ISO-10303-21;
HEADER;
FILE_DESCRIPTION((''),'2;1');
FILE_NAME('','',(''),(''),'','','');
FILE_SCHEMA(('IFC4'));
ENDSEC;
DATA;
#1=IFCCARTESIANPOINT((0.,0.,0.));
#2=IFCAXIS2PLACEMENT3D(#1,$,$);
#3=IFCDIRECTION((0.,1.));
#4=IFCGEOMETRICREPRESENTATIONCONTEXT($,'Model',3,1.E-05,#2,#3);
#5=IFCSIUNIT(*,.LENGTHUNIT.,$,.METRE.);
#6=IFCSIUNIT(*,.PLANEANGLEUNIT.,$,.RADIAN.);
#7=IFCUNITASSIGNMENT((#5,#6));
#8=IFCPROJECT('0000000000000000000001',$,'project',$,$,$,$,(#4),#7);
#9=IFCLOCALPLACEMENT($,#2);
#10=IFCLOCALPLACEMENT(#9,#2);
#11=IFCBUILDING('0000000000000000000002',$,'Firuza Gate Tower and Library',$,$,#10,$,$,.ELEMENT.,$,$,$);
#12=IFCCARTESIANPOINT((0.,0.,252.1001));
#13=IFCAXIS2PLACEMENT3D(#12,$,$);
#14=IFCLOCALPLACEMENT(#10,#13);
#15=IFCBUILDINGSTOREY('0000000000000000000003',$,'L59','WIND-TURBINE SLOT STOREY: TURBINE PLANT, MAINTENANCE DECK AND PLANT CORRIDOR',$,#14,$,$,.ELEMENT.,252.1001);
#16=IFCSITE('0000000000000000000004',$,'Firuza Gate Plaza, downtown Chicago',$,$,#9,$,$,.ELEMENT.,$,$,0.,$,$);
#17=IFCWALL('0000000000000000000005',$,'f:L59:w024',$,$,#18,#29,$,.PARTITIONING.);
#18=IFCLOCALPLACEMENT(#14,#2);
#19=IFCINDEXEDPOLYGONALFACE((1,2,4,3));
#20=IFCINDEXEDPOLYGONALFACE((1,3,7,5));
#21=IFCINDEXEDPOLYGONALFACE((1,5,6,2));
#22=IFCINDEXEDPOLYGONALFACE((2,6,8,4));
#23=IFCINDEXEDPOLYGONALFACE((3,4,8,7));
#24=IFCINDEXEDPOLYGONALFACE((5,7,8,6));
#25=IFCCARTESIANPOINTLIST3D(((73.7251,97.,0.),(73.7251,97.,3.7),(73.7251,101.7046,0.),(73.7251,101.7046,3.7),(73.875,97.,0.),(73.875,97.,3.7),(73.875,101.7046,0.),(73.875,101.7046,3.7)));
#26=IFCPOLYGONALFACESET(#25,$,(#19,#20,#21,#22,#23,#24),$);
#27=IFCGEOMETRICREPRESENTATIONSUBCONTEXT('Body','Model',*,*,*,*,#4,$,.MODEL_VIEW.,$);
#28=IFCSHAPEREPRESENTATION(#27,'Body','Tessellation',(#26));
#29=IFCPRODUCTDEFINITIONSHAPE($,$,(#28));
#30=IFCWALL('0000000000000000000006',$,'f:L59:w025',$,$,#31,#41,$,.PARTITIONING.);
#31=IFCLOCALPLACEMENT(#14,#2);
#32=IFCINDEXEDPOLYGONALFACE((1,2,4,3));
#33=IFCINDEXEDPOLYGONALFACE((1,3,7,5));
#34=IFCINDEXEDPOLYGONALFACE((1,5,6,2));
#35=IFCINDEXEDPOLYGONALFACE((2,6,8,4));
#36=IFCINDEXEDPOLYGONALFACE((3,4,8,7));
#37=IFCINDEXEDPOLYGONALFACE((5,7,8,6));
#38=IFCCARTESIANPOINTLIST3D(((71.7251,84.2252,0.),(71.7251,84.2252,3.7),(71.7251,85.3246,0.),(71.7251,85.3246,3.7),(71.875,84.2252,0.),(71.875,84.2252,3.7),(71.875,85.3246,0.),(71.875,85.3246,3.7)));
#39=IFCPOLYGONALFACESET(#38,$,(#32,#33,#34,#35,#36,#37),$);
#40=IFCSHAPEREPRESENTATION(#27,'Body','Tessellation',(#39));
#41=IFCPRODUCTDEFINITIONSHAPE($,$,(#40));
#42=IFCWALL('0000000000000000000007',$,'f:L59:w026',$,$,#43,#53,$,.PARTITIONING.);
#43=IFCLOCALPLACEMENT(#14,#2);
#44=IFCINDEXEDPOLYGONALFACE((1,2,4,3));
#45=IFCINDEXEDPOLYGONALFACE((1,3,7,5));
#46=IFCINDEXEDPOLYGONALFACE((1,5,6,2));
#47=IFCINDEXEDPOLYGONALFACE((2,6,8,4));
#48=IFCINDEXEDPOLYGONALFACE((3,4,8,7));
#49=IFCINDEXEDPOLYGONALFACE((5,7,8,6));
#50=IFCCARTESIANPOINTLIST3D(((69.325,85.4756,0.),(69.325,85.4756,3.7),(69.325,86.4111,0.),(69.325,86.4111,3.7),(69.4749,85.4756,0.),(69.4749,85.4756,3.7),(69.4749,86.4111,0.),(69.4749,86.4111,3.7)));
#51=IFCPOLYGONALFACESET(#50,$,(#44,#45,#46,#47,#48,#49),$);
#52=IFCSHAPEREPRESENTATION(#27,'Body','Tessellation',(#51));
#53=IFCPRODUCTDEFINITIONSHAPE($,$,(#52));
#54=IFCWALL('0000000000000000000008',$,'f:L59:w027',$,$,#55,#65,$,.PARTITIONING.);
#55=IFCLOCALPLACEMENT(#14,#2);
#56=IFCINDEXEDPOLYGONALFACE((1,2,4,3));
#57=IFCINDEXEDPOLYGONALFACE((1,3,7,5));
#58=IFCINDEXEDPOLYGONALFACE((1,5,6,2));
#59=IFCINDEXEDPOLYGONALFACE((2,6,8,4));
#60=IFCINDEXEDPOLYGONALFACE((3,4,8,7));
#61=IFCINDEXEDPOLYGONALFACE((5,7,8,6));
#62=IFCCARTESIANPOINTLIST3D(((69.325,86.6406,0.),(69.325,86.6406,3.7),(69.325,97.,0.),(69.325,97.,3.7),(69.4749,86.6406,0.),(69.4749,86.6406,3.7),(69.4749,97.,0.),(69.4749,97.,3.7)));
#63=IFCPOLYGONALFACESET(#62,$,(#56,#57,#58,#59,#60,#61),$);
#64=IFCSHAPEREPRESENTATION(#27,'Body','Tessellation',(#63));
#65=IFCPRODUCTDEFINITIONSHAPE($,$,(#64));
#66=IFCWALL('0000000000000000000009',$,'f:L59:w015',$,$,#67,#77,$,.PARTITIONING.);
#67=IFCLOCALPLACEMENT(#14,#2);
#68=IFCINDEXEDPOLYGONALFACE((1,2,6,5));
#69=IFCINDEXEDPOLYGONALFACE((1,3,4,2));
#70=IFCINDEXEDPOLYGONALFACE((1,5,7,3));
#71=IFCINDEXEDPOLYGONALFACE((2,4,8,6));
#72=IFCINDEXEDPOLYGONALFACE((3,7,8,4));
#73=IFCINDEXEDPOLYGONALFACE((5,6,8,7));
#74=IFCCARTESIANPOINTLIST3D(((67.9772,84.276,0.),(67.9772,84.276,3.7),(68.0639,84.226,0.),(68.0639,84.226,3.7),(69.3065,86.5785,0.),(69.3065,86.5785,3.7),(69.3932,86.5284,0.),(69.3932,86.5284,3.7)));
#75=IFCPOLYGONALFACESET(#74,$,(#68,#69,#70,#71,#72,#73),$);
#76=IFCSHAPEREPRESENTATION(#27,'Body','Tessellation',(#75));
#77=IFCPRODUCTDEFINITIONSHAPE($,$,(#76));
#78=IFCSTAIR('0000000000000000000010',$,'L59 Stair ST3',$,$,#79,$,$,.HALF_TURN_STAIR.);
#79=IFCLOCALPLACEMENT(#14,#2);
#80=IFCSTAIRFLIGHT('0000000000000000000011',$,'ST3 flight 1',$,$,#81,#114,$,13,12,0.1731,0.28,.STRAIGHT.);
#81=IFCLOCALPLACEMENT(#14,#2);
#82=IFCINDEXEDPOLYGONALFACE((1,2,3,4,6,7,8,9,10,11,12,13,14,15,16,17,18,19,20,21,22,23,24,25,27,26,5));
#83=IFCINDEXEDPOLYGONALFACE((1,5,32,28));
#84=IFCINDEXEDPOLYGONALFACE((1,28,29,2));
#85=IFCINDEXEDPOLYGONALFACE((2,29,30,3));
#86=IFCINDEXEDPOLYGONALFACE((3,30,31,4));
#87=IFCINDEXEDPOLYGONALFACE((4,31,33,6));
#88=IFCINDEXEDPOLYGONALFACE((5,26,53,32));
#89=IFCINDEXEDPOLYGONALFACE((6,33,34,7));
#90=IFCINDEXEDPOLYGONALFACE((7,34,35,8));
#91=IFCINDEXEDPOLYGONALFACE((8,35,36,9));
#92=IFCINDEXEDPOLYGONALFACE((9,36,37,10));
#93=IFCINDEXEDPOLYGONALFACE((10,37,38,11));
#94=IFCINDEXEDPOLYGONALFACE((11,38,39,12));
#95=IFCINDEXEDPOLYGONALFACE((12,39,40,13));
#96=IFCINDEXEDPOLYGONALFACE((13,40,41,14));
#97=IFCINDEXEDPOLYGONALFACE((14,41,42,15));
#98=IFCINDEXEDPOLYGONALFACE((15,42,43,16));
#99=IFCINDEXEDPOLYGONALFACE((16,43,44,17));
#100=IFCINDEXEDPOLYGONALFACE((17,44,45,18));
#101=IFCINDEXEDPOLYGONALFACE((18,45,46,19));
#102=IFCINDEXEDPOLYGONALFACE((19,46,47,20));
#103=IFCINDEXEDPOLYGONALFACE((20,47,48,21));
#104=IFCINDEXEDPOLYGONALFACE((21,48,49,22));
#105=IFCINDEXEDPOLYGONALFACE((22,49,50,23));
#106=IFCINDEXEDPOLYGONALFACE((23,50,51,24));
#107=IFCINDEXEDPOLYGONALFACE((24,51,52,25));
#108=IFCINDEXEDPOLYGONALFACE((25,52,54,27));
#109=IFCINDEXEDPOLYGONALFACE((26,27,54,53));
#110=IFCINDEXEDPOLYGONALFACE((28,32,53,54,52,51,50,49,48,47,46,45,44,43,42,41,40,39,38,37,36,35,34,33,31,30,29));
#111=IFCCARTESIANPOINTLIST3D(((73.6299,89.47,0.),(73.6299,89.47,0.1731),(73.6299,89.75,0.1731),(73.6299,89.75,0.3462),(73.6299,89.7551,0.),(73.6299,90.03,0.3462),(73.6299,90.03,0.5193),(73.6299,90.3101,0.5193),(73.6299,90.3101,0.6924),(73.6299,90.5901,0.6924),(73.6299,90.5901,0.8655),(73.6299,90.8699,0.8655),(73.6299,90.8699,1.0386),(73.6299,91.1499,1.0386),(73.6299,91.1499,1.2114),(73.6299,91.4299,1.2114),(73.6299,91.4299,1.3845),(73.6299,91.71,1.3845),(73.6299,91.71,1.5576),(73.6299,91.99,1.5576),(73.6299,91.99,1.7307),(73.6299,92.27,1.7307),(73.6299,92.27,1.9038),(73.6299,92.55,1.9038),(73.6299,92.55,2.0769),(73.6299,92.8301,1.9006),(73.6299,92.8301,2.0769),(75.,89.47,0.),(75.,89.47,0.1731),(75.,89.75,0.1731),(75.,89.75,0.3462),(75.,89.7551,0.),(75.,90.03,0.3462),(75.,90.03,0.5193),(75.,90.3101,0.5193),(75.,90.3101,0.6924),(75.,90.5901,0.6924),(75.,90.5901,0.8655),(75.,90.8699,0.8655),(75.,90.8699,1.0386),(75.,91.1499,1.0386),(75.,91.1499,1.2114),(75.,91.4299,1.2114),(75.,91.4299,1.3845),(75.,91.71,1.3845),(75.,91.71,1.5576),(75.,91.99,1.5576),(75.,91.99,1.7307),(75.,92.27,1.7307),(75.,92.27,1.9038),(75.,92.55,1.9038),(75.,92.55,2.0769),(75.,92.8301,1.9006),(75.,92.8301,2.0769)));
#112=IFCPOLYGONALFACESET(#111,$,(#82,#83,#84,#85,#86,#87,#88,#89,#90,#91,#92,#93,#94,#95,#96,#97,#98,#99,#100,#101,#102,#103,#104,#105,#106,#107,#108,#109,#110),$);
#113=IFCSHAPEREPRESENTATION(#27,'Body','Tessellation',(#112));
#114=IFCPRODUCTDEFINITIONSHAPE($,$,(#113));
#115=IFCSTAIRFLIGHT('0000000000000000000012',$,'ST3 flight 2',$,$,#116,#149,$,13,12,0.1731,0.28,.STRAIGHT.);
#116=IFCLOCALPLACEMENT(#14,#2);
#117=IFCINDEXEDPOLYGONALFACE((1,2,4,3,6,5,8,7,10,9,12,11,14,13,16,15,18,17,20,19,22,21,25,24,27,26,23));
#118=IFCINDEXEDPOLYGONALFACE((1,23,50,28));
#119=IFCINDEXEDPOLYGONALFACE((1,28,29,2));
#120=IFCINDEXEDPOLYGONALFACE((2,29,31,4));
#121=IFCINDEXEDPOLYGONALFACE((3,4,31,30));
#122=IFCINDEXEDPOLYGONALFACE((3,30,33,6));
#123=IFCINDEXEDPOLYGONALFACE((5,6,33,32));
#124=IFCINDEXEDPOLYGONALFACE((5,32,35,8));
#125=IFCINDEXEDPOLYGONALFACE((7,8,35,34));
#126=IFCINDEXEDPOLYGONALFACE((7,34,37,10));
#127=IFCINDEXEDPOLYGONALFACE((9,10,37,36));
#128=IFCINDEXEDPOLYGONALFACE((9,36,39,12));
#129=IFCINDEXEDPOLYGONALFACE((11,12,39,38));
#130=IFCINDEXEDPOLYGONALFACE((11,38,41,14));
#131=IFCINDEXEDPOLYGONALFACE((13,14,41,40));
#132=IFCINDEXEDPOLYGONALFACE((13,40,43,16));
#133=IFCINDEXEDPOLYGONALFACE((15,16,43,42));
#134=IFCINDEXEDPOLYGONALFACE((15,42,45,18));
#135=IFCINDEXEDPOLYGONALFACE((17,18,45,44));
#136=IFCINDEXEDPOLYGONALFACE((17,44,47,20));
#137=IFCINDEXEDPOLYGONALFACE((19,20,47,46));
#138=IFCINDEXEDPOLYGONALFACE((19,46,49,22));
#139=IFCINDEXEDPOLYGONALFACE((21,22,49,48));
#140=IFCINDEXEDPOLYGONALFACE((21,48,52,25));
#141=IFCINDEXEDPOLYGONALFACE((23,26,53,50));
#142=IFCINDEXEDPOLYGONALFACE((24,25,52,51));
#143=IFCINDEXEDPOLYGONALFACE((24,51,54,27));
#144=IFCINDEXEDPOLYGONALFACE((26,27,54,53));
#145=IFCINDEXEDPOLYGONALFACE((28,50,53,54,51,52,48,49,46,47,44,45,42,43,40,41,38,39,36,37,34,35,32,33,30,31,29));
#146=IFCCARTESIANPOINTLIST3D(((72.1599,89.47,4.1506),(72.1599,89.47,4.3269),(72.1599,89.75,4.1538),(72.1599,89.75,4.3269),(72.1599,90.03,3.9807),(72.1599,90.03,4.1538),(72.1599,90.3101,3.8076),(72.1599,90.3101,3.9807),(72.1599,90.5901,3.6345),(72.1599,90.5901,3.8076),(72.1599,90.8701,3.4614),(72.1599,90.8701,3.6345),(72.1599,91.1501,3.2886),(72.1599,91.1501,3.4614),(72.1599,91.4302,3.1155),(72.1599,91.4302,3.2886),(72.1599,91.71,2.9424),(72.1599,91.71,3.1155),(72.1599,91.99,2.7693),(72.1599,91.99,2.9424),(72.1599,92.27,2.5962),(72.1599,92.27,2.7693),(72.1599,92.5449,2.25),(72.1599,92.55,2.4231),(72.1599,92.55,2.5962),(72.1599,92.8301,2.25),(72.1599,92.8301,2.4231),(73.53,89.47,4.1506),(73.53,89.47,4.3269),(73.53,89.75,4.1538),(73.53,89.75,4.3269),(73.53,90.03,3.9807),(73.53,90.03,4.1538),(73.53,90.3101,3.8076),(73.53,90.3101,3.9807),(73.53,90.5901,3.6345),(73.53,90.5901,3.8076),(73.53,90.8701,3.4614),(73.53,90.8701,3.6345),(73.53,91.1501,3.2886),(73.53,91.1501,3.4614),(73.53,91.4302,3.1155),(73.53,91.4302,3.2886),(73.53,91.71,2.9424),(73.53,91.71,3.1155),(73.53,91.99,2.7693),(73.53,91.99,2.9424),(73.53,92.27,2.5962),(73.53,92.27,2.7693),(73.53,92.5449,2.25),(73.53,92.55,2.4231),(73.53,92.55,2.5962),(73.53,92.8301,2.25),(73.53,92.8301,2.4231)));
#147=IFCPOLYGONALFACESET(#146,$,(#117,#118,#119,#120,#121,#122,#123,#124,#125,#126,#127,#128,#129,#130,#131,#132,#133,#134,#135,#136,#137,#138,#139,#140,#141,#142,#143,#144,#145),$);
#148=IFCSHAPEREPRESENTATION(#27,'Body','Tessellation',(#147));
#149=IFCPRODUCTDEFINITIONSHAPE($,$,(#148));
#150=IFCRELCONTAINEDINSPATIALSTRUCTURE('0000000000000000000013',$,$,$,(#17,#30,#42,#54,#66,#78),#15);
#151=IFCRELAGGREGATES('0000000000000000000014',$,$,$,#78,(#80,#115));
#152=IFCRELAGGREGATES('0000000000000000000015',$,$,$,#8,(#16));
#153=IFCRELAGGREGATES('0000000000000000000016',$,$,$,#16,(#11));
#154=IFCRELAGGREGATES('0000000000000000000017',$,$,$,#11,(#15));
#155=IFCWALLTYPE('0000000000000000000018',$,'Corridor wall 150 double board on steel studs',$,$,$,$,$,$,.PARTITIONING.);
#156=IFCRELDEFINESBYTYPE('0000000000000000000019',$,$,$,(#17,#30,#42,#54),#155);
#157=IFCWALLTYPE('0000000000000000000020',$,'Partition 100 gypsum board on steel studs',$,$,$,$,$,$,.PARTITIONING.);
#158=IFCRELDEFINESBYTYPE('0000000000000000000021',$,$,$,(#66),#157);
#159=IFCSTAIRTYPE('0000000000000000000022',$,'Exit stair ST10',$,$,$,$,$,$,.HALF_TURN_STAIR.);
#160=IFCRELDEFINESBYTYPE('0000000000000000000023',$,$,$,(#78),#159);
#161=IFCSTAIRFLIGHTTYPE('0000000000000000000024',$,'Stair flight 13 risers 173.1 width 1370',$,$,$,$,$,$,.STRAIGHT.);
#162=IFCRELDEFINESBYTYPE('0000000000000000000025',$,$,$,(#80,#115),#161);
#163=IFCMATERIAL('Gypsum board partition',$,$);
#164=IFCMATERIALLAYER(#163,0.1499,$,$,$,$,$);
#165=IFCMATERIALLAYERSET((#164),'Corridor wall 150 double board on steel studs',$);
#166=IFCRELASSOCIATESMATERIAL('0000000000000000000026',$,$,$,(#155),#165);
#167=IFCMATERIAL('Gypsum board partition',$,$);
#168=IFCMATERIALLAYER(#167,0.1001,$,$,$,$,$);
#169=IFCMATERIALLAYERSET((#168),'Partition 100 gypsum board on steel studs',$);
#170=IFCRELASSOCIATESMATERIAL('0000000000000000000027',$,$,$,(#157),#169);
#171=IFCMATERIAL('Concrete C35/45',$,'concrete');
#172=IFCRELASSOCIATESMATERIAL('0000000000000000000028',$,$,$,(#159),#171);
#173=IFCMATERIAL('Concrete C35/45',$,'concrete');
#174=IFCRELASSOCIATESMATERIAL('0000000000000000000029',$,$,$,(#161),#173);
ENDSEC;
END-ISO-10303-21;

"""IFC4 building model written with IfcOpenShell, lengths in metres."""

from ifc_helpers import new_model, si_unit, direction, frame, frame_2d, origin, place, context, subcontext, project, spatial, polyline, rectangle, outline, extrude, material, layer, layer_set, type_object, element, aggregate, save


model = new_model("IFC4")

# Units and contexts
model_context = context("Model", 3, precision=1e-05, world=origin(), true_north=direction((0.0, 1.0)))
body_context = subcontext(model_context, "Body", "Model", "MODEL_VIEW")
ifc_project = project(units=[si_unit("LENGTHUNIT", "METRE"), si_unit("PLANEANGLEUNIT", "RADIAN")], contexts=[model_context])

# Site, building, storey
site_placement = place(None, origin())
site = spatial("IfcSite", under=ifc_project, at=site_placement, Name="Firuza Gate Plaza, downtown Chicago", CompositionType="ELEMENT", RefElevation=0.0)
building_placement = place(site_placement, origin())
building = spatial("IfcBuilding", under=site, at=building_placement, Name="Firuza Gate Tower and Library", CompositionType="ELEMENT")
storey_placement = place(building_placement, frame((0.0, 0.0, 252.1001)))
storey = spatial("IfcBuildingStorey", under=building, at=storey_placement, Name="L59", Description="WIND-TURBINE SLOT STOREY: TURBINE PLANT, MAINTENANCE DECK AND PLANT CORRIDOR", CompositionType="ELEMENT", Elevation=252.1001)

# Walls
ifc_material_1 = material(Name="Gypsum board partition")
ifc_layer_1 = layer(ifc_material_1, 0.1499)
ifc_layer_set_1 = layer_set([ifc_layer_1], Name="Corridor wall 150 double board on steel studs")
wall_type_1 = type_object("IfcWallType", Name="Corridor wall 150 double board on steel studs", PredefinedType="PARTITIONING", material=ifc_layer_set_1)
wall_1_placement = place(storey_placement, frame((73.8, 97.0, 0.0), z_axis=(0.0, 0.0, 1.0), x_axis=(0.0, 1.0, 0.0)))
element("IfcWall", 1, at=wall_1_placement, inside=storey, type_object=wall_type_1, Name="f:L59:w024", PredefinedType="PARTITIONING", context=body_context, shape_type="SweptSolid", body=[
    extrude(rectangle(XDim=4.7046, YDim=0.1499, at=frame_2d((2.3523, 0.0))), origin(), (0.0, 0.0, 1.0), 3.7),
])
wall_2_placement = place(storey_placement, frame((71.8, 84.2251, 0.0), z_axis=(0.0, 0.0, 1.0), x_axis=(0.0, 1.0, 0.0)))
element("IfcWall", 2, at=wall_2_placement, inside=storey, type_object=wall_type_1, Name="f:L59:w025", PredefinedType="PARTITIONING", context=body_context, shape_type="SweptSolid", body=[
    extrude(rectangle(XDim=1.0994, YDim=0.1499, at=frame_2d((0.5498, 0.0))), origin(), (0.0, 0.0, 1.0), 3.7),
])
wall_3_placement = place(storey_placement, frame((69.3999, 85.4756, 0.0), z_axis=(0.0, 0.0, 1.0), x_axis=(0.0, 1.0, 0.0)))
element("IfcWall", 3, at=wall_3_placement, inside=storey, type_object=wall_type_1, Name="f:L59:w026", PredefinedType="PARTITIONING", context=body_context, shape_type="SweptSolid", body=[
    extrude(rectangle(XDim=0.9355, YDim=0.1499, at=frame_2d((0.4678, 0.0))), origin(), (0.0, 0.0, 1.0), 3.7),
])
wall_4_placement = place(storey_placement, frame((69.3999, 86.6406, 0.0), z_axis=(0.0, 0.0, 1.0), x_axis=(0.0, 1.0, 0.0)))
element("IfcWall", 4, at=wall_4_placement, inside=storey, type_object=wall_type_1, Name="f:L59:w027", PredefinedType="PARTITIONING", context=body_context, shape_type="SweptSolid", body=[
    extrude(rectangle(XDim=10.3594, YDim=0.1499, at=frame_2d((5.1797, 0.0))), origin(), (0.0, 0.0, 1.0), 3.7),
])
ifc_material_2 = material(Name="Gypsum board partition")
ifc_layer_2 = layer(ifc_material_2, 0.1001)
ifc_layer_set_2 = layer_set([ifc_layer_2], Name="Partition 100 gypsum board on steel studs")
wall_type_2 = type_object("IfcWallType", Name="Partition 100 gypsum board on steel studs", PredefinedType="PARTITIONING", material=ifc_layer_set_2)
wall_5_placement = place(storey_placement, frame((68.0205, 84.251, 0.0), z_axis=(0.0, 0.0, 1.0), x_axis=(0.500001, 0.866025, 0.0)))
element("IfcWall", 5, at=wall_5_placement, inside=storey, type_object=wall_type_2, Name="f:L59:w015", PredefinedType="PARTITIONING", context=body_context, shape_type="SweptSolid", body=[
    extrude(rectangle(XDim=2.6587, YDim=0.1001, at=frame_2d((1.3293, 0.0))), origin(), (0.0, 0.0, 1.0), 3.7),
])

# Stair, stair flights
ifc_material_3 = material(Name="Concrete C35/45", Category="concrete")
stair_type = type_object("IfcStairType", Name="Exit stair ST10", PredefinedType="HALF_TURN_STAIR", material=ifc_material_3)
stair_placement = place(storey_placement, origin())
stair = element("IfcStair", 6, at=stair_placement, inside=storey, type_object=stair_type, Name="L59 Stair ST3", PredefinedType="HALF_TURN_STAIR")
ifc_material_4 = material(Name="Concrete C35/45", Category="concrete")
stair_flight_type = type_object("IfcStairFlightType", Name="Stair flight 13 risers 173.1 width 1370", PredefinedType="STRAIGHT", material=ifc_material_4)
stair_flight_1_placement = place(storey_placement, frame((74.3149, 89.47, 0.0), z_axis=(0.0, 0.0, 1.0), x_axis=(0.0, 1.0, 0.0)))
stair_flight_1 = element("IfcStairFlight", 7, at=stair_flight_1_placement, type_object=stair_flight_type, Name="ST3 flight 1", NumberOfRisers=13, NumberOfTreads=12, PredefinedType="STRAIGHT", RiserHeight=0.1731, TreadLength=0.28, context=body_context, shape_type="SweptSolid", body=[
    extrude(outline(polyline([(0.0, 0.0), (0.0, 0.1731), (0.28, 0.1731), (0.28, 0.3462), (0.5601, 0.3462), (0.5601, 0.5193), (0.8401, 0.5193), (0.8401, 0.6924), (1.1201, 0.6924), (1.1201, 0.8655), (1.3999, 0.8655), (1.3999, 1.0386), (1.6799, 1.0386), (1.6799, 1.2114), (1.96, 1.2114), (1.96, 1.3845), (2.24, 1.3845), (2.24, 1.5576), (2.52, 1.5576), (2.52, 1.7307), (2.8, 1.7307), (2.8, 1.9038), (3.0801, 1.9038), (3.0801, 2.0769), (3.3601, 2.0769), (3.3601, 2.25), (3.3601, 1.9006), (0.2852, 0.0), (0.0, 0.0)])), frame((0.0, 0.6851, 0.0), z_axis=(0.0, -1.0, 0.0), x_axis=(1.0, 0.0, 0.0)), (0.0, 0.0, 1.0), 1.3701),
])
stair_flight_2_placement = place(storey_placement, frame((72.845, 92.8301, 2.25), z_axis=(0.0, 0.0, 1.0), x_axis=(0.0, -1.0, 0.0)))
stair_flight_2 = element("IfcStairFlight", 8, at=stair_flight_2_placement, type_object=stair_flight_type, Name="ST3 flight 2", NumberOfRisers=13, NumberOfTreads=12, PredefinedType="STRAIGHT", RiserHeight=0.1731, TreadLength=0.28, context=body_context, shape_type="SweptSolid", body=[
    extrude(outline(polyline([(0.0, 0.0), (0.0, 0.1731), (0.28, 0.1731), (0.28, 0.3462), (0.5601, 0.3462), (0.5601, 0.5193), (0.8401, 0.5193), (0.8401, 0.6924), (1.1201, 0.6924), (1.1201, 0.8655), (1.3999, 0.8655), (1.3999, 1.0386), (1.6799, 1.0386), (1.6799, 1.2114), (1.96, 1.2114), (1.96, 1.3845), (2.24, 1.3845), (2.24, 1.5576), (2.52, 1.5576), (2.52, 1.7307), (2.8, 1.7307), (2.8, 1.9038), (3.0801, 1.9038), (3.0801, 2.0769), (3.3601, 2.0769), (3.3601, 2.25), (3.3601, 1.9006), (0.2852, 0.0), (0.0, 0.0)])), frame((0.0, 0.6851, 0.0), z_axis=(0.0, -1.0, 0.0), x_axis=(1.0, 0.0, 0.0)), (0.0, 0.0, 1.0), 1.3701),
])
aggregate(stair, [stair_flight_1, stair_flight_2])

save(model, "model.ifc")
